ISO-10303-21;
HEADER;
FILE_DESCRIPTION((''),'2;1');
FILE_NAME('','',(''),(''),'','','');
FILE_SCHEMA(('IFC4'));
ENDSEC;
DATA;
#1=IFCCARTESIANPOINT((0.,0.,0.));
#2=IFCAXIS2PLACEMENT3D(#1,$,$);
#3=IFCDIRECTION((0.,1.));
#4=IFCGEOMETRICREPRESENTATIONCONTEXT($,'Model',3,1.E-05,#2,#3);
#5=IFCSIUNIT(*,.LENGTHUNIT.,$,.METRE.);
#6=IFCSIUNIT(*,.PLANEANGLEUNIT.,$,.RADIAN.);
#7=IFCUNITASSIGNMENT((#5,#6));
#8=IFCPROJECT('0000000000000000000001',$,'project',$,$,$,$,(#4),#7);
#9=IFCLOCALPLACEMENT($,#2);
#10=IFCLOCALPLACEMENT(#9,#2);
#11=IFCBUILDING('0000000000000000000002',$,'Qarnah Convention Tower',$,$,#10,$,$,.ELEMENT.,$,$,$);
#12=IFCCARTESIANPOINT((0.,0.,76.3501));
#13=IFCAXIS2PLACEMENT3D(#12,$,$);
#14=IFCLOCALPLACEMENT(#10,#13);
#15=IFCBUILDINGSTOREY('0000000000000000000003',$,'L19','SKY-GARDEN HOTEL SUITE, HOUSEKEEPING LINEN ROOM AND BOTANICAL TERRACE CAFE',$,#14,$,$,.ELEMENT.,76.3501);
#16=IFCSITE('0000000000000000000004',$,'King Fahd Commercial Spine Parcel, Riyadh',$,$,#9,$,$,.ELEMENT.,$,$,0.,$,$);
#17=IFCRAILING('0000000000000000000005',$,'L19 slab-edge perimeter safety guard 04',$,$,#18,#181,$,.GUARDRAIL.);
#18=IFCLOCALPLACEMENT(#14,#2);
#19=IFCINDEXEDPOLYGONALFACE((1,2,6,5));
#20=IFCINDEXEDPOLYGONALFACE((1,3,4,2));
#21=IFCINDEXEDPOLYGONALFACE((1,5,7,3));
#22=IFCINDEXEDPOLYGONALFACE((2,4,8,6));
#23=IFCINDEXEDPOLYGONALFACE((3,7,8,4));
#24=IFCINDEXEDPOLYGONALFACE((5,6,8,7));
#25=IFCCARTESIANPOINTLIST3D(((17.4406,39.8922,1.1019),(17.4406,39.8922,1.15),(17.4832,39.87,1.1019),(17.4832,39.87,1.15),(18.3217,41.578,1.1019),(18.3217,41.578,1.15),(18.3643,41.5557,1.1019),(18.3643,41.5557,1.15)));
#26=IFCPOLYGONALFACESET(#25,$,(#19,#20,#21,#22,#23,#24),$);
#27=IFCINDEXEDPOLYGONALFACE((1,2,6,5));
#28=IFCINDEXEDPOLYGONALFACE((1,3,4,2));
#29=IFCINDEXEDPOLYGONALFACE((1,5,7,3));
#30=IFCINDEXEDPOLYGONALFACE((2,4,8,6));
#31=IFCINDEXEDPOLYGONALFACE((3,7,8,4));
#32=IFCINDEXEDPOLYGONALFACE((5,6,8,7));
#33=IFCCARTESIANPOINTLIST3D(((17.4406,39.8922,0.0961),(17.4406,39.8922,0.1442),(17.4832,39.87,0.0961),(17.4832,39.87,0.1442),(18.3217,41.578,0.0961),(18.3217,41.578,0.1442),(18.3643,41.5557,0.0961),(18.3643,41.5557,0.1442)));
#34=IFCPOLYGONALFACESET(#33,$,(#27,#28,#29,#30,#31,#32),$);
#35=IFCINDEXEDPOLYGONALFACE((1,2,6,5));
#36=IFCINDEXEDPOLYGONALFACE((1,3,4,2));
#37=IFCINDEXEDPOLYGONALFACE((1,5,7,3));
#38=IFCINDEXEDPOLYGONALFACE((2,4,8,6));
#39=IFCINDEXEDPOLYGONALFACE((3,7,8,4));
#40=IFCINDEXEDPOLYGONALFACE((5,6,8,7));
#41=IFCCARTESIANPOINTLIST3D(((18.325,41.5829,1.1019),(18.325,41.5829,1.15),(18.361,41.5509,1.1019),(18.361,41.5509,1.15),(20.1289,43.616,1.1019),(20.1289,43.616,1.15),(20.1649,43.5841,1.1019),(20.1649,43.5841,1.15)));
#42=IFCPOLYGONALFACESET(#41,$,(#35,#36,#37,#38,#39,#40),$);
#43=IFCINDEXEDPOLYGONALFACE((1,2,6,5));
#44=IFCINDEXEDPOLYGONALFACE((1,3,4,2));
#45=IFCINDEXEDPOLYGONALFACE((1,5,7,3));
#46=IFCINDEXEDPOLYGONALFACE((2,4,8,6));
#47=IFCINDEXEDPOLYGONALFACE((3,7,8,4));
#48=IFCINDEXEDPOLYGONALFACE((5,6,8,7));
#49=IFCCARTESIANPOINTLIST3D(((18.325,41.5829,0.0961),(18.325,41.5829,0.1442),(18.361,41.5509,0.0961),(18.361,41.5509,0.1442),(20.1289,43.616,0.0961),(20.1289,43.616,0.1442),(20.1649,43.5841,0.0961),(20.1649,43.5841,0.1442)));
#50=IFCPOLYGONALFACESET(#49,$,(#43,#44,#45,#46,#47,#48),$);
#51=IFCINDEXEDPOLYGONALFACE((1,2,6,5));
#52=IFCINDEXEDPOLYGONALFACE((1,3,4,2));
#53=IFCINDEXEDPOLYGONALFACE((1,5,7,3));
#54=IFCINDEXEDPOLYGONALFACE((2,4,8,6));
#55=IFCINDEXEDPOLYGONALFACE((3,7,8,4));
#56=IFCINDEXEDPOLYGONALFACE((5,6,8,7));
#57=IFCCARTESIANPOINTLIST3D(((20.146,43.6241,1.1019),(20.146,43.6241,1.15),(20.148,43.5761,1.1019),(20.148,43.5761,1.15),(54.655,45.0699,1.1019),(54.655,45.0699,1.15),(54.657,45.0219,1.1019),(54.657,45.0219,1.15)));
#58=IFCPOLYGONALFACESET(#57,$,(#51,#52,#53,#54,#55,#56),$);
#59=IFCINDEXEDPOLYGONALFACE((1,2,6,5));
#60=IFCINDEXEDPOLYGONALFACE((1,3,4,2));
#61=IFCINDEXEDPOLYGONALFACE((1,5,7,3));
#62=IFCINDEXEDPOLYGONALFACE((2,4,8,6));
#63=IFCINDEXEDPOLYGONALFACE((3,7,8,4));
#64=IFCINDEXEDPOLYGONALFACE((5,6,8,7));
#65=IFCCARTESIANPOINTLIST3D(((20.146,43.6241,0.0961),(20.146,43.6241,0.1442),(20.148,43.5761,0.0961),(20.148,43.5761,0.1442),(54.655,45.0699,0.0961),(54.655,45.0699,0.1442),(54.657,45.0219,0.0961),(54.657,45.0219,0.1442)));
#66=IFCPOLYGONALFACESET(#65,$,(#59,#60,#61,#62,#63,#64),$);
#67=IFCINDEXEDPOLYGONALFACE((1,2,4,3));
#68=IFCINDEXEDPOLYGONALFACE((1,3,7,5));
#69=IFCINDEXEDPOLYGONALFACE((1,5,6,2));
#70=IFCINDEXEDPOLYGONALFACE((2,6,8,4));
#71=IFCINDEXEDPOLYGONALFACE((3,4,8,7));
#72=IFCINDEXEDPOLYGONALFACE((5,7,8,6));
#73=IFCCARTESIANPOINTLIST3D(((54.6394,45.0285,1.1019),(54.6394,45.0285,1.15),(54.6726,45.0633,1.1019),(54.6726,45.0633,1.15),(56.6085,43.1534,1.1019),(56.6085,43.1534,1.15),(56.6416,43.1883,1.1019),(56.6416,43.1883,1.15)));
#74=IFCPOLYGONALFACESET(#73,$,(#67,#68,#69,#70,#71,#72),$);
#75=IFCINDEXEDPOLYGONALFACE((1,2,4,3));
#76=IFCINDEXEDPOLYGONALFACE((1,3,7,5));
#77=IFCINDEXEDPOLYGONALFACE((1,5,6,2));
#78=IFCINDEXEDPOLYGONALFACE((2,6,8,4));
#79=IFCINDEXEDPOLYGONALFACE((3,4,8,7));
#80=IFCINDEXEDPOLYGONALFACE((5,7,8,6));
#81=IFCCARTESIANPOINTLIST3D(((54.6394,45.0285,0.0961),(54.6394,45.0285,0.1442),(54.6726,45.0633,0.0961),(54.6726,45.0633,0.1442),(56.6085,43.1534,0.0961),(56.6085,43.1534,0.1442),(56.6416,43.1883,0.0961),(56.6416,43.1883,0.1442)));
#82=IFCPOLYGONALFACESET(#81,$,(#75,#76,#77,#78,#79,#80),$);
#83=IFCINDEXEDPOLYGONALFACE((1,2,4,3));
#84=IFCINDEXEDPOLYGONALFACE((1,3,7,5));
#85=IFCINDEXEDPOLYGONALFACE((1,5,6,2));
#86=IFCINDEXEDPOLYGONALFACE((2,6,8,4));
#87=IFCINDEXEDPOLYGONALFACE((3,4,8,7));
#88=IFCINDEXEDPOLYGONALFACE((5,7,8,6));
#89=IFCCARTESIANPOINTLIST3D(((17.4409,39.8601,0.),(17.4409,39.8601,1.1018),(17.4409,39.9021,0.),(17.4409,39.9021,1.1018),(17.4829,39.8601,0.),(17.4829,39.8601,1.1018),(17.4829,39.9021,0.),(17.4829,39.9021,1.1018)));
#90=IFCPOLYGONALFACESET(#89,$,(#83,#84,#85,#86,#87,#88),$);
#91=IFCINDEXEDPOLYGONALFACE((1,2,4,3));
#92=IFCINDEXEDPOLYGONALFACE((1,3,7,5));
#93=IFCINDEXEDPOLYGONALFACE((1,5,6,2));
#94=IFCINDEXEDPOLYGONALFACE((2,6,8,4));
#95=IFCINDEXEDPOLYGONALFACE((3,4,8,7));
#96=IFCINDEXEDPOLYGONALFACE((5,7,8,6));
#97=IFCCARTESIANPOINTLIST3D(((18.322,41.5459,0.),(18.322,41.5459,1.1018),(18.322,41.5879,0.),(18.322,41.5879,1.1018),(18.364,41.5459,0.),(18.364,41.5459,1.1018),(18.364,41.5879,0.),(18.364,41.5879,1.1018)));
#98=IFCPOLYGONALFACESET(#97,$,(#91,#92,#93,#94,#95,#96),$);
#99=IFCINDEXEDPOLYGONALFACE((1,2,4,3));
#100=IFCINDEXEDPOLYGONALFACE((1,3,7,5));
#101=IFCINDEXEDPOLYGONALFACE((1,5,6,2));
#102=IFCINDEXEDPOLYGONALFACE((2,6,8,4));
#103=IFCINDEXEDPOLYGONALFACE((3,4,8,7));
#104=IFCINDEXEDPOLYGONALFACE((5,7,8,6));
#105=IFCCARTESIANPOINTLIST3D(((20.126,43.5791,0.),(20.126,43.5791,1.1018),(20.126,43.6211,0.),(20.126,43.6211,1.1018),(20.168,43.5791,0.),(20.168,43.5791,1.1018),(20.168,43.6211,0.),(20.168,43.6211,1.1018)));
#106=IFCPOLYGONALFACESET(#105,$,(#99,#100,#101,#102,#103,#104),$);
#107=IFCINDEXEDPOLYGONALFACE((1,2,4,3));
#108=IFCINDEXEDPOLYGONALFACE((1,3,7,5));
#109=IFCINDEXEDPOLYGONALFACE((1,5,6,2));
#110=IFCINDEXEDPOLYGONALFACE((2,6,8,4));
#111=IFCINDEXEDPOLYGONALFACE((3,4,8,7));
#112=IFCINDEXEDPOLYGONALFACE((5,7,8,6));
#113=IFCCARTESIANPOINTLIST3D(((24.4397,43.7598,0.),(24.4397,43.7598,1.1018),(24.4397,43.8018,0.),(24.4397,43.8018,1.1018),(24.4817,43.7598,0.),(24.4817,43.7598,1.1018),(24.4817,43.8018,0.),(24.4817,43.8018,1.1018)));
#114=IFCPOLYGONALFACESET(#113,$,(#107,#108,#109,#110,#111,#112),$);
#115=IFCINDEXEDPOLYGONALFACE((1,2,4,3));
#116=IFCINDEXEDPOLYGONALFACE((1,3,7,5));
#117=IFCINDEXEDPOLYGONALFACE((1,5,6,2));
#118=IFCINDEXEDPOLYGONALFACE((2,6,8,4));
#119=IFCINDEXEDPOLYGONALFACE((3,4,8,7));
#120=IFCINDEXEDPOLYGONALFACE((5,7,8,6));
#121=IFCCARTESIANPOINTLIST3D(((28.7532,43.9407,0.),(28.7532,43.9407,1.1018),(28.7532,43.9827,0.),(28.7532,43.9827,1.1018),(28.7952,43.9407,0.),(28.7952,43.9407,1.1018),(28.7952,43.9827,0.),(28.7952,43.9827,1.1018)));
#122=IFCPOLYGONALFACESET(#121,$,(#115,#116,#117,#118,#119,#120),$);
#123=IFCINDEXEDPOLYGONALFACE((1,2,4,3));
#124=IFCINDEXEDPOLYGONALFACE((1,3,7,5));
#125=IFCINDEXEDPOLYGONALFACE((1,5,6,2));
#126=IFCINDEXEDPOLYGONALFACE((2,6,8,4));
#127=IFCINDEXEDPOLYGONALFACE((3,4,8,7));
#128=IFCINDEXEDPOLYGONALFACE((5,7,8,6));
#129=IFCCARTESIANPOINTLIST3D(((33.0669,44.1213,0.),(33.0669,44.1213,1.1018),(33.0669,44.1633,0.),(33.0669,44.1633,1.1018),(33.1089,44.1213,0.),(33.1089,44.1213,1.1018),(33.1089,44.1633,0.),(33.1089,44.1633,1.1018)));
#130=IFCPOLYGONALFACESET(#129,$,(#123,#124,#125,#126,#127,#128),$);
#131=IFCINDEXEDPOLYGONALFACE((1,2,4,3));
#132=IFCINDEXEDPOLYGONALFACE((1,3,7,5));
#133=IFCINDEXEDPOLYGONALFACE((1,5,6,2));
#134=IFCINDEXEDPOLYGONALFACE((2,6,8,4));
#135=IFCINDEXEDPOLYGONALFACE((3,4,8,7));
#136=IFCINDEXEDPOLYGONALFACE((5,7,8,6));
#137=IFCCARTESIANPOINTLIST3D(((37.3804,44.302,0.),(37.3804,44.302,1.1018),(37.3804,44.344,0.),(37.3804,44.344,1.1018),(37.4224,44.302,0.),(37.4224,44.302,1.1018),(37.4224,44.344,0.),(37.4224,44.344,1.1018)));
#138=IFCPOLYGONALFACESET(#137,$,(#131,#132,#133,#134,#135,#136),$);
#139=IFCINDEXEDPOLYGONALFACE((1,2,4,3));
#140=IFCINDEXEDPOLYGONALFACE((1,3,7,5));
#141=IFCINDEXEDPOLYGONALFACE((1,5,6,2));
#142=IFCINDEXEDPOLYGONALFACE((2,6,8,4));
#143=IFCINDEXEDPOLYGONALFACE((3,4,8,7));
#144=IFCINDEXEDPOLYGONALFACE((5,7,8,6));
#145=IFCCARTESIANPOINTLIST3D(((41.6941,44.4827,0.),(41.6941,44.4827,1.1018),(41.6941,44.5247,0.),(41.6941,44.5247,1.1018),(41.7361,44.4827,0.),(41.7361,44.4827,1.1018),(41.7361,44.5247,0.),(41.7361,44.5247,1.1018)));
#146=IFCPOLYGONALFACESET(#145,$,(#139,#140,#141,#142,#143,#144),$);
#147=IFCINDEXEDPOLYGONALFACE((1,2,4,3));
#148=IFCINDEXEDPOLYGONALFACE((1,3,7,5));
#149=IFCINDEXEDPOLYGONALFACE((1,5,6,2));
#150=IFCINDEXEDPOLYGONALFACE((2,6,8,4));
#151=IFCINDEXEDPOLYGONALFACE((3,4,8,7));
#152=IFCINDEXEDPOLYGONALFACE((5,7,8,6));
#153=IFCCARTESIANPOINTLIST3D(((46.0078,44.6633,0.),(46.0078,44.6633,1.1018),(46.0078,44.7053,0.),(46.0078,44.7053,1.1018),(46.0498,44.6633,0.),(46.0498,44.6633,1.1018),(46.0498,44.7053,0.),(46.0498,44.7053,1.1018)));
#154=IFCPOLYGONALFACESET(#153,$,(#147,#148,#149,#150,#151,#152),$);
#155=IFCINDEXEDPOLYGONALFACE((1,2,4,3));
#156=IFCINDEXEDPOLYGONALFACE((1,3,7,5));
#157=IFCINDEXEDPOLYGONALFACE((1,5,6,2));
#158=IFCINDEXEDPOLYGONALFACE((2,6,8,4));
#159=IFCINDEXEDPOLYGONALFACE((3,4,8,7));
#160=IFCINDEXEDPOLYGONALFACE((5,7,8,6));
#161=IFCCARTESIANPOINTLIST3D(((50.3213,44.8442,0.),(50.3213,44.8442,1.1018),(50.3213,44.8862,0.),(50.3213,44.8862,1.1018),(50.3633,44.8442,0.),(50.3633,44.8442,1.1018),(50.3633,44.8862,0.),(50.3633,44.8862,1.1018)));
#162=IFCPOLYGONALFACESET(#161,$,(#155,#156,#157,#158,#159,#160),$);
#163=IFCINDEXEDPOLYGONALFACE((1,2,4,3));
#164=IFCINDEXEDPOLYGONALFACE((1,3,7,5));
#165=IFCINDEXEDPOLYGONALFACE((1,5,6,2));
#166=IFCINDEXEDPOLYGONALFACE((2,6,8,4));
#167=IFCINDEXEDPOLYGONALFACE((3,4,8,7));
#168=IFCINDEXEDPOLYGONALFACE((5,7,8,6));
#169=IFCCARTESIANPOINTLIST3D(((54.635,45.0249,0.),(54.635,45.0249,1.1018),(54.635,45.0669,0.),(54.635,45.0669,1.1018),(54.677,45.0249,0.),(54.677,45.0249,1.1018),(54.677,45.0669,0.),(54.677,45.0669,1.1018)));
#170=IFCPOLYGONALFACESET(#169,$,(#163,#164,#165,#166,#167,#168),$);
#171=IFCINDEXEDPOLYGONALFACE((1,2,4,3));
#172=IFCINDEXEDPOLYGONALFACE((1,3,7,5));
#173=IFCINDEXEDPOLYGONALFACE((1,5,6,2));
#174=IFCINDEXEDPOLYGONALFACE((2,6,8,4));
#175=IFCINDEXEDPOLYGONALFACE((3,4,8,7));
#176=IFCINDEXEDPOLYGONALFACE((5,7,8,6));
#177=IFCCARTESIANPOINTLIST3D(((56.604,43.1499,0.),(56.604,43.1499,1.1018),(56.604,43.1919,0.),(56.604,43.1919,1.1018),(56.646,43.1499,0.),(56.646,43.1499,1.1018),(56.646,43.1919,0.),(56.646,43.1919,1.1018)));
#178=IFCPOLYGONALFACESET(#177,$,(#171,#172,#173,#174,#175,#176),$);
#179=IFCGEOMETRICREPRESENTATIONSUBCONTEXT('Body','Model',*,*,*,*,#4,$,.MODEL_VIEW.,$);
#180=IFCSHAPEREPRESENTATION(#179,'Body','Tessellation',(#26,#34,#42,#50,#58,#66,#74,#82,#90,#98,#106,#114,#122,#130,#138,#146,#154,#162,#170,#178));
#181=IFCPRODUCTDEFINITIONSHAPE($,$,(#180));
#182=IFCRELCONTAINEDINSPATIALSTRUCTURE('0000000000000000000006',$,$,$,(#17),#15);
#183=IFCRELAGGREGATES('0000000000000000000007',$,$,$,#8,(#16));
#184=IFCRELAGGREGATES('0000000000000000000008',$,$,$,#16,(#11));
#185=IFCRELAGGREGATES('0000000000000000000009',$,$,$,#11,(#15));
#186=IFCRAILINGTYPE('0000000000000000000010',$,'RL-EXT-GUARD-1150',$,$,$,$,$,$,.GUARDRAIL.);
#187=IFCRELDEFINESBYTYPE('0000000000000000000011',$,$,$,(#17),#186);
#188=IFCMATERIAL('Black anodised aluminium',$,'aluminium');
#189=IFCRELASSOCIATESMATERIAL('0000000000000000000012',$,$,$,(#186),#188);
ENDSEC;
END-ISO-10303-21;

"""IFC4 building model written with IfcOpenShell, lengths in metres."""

from ifc_helpers import new_model, si_unit, direction, frame, origin, origin_2d, place, context, subcontext, project, spatial, rectangle, extrude, material, type_object, element, save


model = new_model("IFC4")

# Units and contexts
model_context = context("Model", 3, precision=1e-05, world=origin(), true_north=direction((0.0, 1.0)))
body_context = subcontext(model_context, "Body", "Model", "MODEL_VIEW")
ifc_project = project(units=[si_unit("LENGTHUNIT", "METRE"), si_unit("PLANEANGLEUNIT", "RADIAN")], contexts=[model_context])

# Site, building, storey
site_placement = place(None, origin())
site = spatial("IfcSite", under=ifc_project, at=site_placement, Name="King Fahd Commercial Spine Parcel, Riyadh", CompositionType="ELEMENT", RefElevation=0.0)
building_placement = place(site_placement, origin())
building = spatial("IfcBuilding", under=site, at=building_placement, Name="Qarnah Convention Tower", CompositionType="ELEMENT")
storey_placement = place(building_placement, frame((0.0, 0.0, 76.3501)))
storey = spatial("IfcBuildingStorey", under=building, at=storey_placement, Name="L19", Description="SKY-GARDEN HOTEL SUITE, HOUSEKEEPING LINEN ROOM AND BOTANICAL TERRACE CAFE", CompositionType="ELEMENT", Elevation=76.3501)

# Shared definitions
ifc_material_1 = material(Name="Black anodised aluminium", Category="aluminium")

# Railing
railing_type = type_object("IfcRailingType", Name="RL-EXT-GUARD-1150", PredefinedType="GUARDRAIL", material=ifc_material_1)
railing_1_placement = place(storey_placement, frame((17.4619, 39.8811, 0.0)))
element("IfcRailing", 1, at=railing_1_placement, inside=storey, type_object=railing_type, Name="L19 slab-edge perimeter safety guard 04", PredefinedType="GUARDRAIL", context=body_context, shape_type="SweptSolid", body=[
    extrude(rectangle(XDim=0.0481, YDim=0.0481, at=origin_2d()), frame((0.0, 0.0, 1.126), z_axis=(0.463211, 0.886248, 0.0), x_axis=(-0.886248, 0.463211, 0.0)), (0.0, 0.0, 1.0), 1.9021),
    extrude(rectangle(XDim=0.0481, YDim=0.0481, at=origin_2d()), frame((0.0, 0.0, 0.1201), z_axis=(0.463211, 0.886248, 0.0), x_axis=(-0.886248, 0.463211, 0.0)), (0.0, 0.0, 1.0), 1.9021),
    extrude(rectangle(XDim=0.0481, YDim=0.0481, at=origin_2d()), frame((0.8811, 1.6858, 1.126), z_axis=(0.663678, 0.748019, 0.0), x_axis=(-0.748019, 0.663678, 0.0)), (0.0, 0.0, 1.0), 2.718),
    extrude(rectangle(XDim=0.0481, YDim=0.0481, at=origin_2d()), frame((0.8811, 1.6858, 0.1201), z_axis=(0.663678, 0.748019, 0.0), x_axis=(-0.748019, 0.663678, 0.0)), (0.0, 0.0, 1.0), 2.718),
    extrude(rectangle(XDim=0.0481, YDim=0.0481, at=origin_2d()), frame((2.6851, 3.719, 1.126), z_axis=(0.999124, 0.04186, 0.0), x_axis=(-0.04186, 0.999124, 0.0)), (0.0, 0.0, 1.0), 34.5393),
    extrude(rectangle(XDim=0.0481, YDim=0.0481, at=origin_2d()), frame((2.6851, 3.719, 0.1201), z_axis=(0.999124, 0.04186, 0.0), x_axis=(-0.04186, 0.999124, 0.0)), (0.0, 0.0, 1.0), 34.5393),
    extrude(rectangle(XDim=0.0481, YDim=0.0481, at=origin_2d()), frame((37.1941, 5.1648, 1.126), z_axis=(0.724181, -0.68961, 0.0), x_axis=(0.68961, 0.724181, 0.0)), (0.0, 0.0, 1.0), 2.719),
    extrude(rectangle(XDim=0.0481, YDim=0.0481, at=origin_2d()), frame((37.1941, 5.1648, 0.1201), z_axis=(0.724181, -0.68961, 0.0), x_axis=(0.68961, 0.724181, 0.0)), (0.0, 0.0, 1.0), 2.719),
    extrude(rectangle(XDim=0.042, YDim=0.042, at=origin_2d()), origin(), (0.0, 0.0, 1.0), 1.1018),
    extrude(rectangle(XDim=0.042, YDim=0.042, at=origin_2d()), frame((0.8811, 1.6858, 0.0)), (0.0, 0.0, 1.0), 1.1018),
    extrude(rectangle(XDim=0.042, YDim=0.042, at=origin_2d()), frame((2.6851, 3.719, 0.0)), (0.0, 0.0, 1.0), 1.1018),
    extrude(rectangle(XDim=0.042, YDim=0.042, at=origin_2d()), frame((6.9988, 3.8997, 0.0)), (0.0, 0.0, 1.0), 1.1018),
    extrude(rectangle(XDim=0.042, YDim=0.042, at=origin_2d()), frame((11.3123, 4.0806, 0.0)), (0.0, 0.0, 1.0), 1.1018),
    extrude(rectangle(XDim=0.042, YDim=0.042, at=origin_2d()), frame((15.626, 4.2612, 0.0)), (0.0, 0.0, 1.0), 1.1018),
    extrude(rectangle(XDim=0.042, YDim=0.042, at=origin_2d()), frame((19.9395, 4.4419, 0.0)), (0.0, 0.0, 1.0), 1.1018),
    extrude(rectangle(XDim=0.042, YDim=0.042, at=origin_2d()), frame((24.2532, 4.6226, 0.0)), (0.0, 0.0, 1.0), 1.1018),
    extrude(rectangle(XDim=0.042, YDim=0.042, at=origin_2d()), frame((28.5669, 4.8032, 0.0)), (0.0, 0.0, 1.0), 1.1018),
    extrude(rectangle(XDim=0.042, YDim=0.042, at=origin_2d()), frame((32.8804, 4.9841, 0.0)), (0.0, 0.0, 1.0), 1.1018),
    extrude(rectangle(XDim=0.042, YDim=0.042, at=origin_2d()), frame((37.1941, 5.1648, 0.0)), (0.0, 0.0, 1.0), 1.1018),
    extrude(rectangle(XDim=0.042, YDim=0.042, at=origin_2d()), frame((39.1631, 3.2898, 0.0)), (0.0, 0.0, 1.0), 1.1018),
])

save(model, "model.ifc")
